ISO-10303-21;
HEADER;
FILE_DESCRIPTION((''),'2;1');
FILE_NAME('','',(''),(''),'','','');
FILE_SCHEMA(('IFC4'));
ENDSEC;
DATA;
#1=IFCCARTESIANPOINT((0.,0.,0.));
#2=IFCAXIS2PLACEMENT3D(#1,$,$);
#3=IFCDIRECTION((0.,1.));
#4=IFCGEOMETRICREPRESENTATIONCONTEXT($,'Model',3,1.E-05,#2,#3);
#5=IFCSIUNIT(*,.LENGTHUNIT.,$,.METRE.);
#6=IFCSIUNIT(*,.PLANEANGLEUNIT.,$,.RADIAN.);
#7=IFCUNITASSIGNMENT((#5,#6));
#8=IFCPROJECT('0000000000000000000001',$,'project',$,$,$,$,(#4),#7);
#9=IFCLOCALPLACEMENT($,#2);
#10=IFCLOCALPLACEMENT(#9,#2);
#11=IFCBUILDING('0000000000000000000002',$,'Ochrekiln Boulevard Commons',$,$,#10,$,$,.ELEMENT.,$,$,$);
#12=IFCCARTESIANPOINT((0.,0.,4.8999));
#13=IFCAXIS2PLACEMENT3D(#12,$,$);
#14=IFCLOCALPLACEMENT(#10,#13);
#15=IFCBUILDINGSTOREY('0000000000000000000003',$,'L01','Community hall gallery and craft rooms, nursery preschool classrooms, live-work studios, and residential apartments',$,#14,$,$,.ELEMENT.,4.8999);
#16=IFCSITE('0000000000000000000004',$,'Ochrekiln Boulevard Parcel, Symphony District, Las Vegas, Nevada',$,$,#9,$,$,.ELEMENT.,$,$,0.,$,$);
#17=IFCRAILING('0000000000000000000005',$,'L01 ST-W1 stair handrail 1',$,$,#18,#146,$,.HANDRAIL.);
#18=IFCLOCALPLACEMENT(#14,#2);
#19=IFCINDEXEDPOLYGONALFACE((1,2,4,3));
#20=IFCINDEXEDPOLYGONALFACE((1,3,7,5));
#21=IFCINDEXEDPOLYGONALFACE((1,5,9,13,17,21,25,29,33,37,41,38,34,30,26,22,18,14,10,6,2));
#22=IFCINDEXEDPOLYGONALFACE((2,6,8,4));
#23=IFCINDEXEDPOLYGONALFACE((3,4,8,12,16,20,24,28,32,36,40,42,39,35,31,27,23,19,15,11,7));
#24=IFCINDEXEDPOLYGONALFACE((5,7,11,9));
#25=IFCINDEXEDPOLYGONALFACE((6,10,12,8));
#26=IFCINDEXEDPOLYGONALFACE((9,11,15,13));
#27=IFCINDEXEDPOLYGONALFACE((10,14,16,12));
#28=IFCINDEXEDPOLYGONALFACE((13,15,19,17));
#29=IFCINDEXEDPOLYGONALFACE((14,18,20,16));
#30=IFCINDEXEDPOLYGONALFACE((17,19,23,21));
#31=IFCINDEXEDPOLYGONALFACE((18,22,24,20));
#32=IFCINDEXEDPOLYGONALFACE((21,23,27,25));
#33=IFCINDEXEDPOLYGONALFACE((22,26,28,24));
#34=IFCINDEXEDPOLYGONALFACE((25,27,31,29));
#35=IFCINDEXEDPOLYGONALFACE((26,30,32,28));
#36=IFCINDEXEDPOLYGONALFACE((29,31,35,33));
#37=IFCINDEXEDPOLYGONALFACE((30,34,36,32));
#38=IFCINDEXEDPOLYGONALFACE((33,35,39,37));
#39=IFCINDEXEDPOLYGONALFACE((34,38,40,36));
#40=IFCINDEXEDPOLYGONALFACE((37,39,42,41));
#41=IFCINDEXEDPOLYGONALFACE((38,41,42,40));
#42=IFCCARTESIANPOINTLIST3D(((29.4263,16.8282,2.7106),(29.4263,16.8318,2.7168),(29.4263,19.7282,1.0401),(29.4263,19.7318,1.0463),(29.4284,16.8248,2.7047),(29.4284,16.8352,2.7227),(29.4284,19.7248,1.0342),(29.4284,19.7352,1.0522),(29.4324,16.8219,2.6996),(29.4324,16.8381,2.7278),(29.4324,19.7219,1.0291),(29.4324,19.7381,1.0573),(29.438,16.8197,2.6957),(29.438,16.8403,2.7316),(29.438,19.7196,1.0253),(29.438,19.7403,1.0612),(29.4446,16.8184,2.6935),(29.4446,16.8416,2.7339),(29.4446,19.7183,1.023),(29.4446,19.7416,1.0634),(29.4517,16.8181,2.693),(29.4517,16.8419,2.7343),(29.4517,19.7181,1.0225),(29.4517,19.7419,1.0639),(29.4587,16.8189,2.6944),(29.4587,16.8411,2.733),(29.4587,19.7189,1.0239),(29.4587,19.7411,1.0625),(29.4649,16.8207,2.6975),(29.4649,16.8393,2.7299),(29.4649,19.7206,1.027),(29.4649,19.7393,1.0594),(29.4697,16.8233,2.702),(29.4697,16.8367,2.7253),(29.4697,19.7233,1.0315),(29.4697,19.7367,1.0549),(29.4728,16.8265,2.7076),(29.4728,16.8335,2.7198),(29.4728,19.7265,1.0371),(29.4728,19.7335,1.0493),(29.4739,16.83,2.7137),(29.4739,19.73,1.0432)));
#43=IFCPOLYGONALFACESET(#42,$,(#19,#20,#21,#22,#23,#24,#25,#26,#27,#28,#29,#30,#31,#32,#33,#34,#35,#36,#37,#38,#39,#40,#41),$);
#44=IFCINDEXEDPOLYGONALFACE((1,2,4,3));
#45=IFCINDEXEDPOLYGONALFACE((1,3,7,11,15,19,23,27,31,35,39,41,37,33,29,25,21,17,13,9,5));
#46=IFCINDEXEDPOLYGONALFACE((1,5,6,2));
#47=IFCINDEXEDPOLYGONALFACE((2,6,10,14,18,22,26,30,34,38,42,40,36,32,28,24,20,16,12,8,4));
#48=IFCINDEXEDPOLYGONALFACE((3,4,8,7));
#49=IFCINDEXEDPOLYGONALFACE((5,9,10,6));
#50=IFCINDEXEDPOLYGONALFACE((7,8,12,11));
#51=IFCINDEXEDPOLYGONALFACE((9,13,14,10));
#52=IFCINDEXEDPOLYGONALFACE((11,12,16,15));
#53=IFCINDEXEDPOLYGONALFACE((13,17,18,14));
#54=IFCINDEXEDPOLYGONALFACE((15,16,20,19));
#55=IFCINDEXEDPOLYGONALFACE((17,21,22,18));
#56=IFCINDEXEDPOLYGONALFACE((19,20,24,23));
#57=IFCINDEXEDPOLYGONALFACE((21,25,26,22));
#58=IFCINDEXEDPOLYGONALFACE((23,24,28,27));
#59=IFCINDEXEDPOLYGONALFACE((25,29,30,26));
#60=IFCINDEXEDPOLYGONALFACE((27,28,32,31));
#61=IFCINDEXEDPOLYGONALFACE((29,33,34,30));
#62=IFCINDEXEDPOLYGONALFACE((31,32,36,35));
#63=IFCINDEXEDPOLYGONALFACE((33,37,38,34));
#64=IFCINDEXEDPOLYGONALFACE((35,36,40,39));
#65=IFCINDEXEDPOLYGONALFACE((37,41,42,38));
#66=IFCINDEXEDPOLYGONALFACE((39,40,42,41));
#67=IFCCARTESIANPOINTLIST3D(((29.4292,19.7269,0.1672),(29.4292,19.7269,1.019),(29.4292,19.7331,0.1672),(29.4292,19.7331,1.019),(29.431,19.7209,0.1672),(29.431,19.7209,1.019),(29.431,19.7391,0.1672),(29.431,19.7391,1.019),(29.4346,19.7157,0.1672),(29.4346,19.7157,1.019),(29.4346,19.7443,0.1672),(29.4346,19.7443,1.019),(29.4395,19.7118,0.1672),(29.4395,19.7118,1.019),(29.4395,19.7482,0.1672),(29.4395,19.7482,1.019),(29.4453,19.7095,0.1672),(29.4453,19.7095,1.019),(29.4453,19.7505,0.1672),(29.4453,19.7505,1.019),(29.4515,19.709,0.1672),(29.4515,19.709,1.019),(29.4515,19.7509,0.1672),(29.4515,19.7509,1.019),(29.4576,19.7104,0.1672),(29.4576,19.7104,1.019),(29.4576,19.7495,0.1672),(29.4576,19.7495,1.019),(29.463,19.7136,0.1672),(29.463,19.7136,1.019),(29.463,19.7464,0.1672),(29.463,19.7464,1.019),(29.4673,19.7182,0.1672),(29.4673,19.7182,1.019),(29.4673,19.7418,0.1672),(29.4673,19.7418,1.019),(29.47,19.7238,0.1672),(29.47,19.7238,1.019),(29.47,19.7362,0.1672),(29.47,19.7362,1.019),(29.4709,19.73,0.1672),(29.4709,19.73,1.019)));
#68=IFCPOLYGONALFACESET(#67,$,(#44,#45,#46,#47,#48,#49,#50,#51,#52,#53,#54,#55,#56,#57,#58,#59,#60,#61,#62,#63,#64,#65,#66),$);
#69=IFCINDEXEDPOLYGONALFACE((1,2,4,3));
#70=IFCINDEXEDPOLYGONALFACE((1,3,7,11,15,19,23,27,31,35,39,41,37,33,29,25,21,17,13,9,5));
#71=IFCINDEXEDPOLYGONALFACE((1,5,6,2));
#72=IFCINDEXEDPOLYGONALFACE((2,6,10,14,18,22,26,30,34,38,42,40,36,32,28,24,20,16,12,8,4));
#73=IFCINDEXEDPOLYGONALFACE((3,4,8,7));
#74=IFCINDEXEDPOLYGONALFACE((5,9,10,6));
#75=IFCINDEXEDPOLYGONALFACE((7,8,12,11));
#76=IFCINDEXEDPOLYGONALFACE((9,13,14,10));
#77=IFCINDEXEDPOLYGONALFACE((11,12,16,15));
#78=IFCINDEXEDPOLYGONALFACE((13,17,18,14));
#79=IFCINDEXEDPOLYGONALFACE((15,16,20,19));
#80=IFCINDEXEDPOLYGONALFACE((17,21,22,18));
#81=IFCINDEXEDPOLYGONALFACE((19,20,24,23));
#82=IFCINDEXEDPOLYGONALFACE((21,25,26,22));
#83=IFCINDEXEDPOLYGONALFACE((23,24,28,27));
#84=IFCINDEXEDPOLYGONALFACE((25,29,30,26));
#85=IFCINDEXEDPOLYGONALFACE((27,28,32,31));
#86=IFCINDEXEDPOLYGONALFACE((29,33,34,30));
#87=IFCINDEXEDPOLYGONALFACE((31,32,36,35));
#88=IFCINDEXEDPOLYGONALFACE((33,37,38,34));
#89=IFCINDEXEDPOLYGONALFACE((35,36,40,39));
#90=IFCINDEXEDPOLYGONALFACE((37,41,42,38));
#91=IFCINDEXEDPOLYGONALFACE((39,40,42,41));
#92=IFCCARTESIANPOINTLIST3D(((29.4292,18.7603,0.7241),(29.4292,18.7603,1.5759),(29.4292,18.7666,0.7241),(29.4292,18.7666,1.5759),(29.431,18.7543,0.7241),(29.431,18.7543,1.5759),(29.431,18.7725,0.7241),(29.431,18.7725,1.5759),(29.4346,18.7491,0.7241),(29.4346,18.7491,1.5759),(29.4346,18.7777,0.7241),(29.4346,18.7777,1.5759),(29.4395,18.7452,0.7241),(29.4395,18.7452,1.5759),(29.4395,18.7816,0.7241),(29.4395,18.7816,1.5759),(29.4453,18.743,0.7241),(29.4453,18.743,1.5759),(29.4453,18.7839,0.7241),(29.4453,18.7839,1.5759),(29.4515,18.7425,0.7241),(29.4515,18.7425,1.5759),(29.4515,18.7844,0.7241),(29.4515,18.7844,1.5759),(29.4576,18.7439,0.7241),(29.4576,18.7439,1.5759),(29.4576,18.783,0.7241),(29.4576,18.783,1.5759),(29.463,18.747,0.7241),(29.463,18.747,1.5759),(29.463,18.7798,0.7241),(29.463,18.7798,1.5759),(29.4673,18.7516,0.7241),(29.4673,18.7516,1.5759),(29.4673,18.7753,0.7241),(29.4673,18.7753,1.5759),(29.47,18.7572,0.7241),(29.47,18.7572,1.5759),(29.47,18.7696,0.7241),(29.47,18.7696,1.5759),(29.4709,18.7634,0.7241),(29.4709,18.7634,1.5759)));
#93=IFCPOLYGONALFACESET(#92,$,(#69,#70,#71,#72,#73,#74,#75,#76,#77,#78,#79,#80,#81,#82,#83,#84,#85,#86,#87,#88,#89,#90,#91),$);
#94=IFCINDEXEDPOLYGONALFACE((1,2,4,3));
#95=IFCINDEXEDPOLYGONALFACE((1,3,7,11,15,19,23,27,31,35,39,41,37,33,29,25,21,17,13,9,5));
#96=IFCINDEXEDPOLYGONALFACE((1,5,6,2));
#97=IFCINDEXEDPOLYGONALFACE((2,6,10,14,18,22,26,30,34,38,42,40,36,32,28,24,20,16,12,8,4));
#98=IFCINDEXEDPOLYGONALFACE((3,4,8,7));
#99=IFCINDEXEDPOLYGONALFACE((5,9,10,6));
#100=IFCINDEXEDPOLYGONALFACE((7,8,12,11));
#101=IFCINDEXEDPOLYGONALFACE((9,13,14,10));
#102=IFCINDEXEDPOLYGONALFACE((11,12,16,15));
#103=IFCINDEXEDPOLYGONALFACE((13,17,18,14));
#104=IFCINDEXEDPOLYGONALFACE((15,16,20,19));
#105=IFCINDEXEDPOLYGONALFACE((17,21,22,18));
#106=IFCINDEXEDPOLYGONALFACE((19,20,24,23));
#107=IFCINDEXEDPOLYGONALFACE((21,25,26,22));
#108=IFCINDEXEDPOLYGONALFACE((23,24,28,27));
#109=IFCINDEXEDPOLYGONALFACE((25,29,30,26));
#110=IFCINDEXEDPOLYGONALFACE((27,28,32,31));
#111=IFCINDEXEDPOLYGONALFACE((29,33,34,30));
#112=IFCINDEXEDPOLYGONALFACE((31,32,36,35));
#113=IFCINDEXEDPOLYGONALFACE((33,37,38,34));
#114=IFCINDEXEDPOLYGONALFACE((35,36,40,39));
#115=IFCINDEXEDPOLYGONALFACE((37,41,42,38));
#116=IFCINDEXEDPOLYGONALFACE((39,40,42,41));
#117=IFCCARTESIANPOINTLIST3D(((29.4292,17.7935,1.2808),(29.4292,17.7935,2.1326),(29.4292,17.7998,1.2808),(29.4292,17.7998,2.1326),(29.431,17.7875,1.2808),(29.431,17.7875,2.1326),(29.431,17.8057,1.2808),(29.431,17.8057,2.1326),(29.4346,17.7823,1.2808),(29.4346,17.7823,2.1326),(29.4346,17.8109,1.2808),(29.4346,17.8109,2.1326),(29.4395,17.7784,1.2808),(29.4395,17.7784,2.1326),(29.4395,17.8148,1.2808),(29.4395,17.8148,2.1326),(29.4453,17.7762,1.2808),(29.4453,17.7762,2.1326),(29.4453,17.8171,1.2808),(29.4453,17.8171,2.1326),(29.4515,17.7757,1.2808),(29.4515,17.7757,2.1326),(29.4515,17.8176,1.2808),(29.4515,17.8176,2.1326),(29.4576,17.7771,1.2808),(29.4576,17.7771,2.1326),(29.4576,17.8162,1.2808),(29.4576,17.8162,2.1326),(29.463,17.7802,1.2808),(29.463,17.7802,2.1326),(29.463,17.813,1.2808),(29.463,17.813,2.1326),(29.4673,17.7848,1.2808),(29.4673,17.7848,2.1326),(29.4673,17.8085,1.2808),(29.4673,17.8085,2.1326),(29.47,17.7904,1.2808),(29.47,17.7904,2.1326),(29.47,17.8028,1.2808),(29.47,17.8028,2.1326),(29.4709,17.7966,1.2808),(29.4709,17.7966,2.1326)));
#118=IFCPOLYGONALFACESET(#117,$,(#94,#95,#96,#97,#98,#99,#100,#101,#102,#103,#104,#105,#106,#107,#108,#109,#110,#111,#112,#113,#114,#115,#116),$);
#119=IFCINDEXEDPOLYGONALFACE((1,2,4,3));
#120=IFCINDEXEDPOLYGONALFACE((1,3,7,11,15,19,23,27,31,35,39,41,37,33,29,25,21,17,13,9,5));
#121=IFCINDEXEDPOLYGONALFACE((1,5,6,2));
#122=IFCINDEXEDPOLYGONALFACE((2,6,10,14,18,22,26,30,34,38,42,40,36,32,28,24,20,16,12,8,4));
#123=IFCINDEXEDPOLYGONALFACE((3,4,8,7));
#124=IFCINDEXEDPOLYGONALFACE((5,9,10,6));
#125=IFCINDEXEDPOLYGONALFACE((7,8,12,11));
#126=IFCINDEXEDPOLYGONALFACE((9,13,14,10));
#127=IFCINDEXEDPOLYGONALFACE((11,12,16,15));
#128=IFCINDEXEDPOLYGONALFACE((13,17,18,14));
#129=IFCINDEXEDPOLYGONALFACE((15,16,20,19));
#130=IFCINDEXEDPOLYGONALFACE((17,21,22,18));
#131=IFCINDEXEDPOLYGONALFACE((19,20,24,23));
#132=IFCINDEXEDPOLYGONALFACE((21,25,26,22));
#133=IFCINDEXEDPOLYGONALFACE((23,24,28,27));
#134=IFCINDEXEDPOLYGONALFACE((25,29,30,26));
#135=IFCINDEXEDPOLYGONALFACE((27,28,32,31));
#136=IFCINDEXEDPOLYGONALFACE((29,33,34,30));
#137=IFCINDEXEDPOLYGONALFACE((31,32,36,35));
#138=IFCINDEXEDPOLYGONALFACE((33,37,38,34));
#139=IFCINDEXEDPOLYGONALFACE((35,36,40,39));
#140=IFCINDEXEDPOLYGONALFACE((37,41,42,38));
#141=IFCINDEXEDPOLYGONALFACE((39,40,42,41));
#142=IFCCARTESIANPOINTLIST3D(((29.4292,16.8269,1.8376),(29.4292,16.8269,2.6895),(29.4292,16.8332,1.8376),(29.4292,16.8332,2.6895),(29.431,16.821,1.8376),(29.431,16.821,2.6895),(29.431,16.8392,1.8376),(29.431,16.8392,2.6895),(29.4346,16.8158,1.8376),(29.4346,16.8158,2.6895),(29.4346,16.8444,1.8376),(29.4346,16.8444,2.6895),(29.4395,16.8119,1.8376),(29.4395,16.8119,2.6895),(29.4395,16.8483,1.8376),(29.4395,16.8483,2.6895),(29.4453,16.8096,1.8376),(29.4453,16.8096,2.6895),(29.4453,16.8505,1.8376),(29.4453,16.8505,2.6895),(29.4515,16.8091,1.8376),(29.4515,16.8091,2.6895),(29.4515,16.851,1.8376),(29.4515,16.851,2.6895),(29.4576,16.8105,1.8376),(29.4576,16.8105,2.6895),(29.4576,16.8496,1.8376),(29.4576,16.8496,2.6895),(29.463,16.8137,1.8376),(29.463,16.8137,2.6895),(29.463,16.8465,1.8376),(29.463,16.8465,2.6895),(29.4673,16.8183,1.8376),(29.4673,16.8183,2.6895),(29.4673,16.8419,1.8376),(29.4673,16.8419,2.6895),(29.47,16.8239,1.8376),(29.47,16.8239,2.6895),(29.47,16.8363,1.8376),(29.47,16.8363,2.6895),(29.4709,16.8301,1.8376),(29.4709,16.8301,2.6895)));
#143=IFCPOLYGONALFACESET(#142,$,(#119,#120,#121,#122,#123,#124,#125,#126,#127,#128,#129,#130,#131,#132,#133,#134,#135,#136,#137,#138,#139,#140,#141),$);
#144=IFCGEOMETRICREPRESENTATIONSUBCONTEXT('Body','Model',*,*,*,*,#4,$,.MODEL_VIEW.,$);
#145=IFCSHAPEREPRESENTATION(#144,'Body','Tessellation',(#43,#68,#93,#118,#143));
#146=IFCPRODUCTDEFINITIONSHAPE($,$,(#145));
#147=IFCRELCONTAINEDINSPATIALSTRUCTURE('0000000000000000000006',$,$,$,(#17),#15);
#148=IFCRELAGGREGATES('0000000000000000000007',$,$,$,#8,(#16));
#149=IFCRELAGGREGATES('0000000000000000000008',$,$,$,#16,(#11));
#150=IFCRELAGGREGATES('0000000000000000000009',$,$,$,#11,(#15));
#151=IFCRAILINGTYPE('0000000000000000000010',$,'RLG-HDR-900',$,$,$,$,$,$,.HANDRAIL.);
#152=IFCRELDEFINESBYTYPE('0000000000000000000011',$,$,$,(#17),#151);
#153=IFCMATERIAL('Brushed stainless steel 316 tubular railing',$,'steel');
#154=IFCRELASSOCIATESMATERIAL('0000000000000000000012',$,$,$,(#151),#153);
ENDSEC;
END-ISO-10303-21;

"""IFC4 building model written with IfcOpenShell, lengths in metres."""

from ifc_helpers import new_model, si_unit, direction, frame, origin, origin_2d, place, context, subcontext, project, spatial, circle, extrude, material, type_object, element, save


model = new_model("IFC4")

# Units and contexts
model_context = context("Model", 3, precision=1e-05, world=origin(), true_north=direction((0.0, 1.0)))
body_context = subcontext(model_context, "Body", "Model", "MODEL_VIEW")
ifc_project = project(units=[si_unit("LENGTHUNIT", "METRE"), si_unit("PLANEANGLEUNIT", "RADIAN")], contexts=[model_context])

# Site, building, storey
site_placement = place(None, origin())
site = spatial("IfcSite", under=ifc_project, at=site_placement, Name="Ochrekiln Boulevard Parcel, Symphony District, Las Vegas, Nevada", CompositionType="ELEMENT", RefElevation=0.0)
building_placement = place(site_placement, origin())
building = spatial("IfcBuilding", under=site, at=building_placement, Name="Ochrekiln Boulevard Commons", CompositionType="ELEMENT")
storey_placement = place(building_placement, frame((0.0, 0.0, 4.8999)))
storey = spatial("IfcBuildingStorey", under=building, at=storey_placement, Name="L01", Description="Community hall gallery and craft rooms, nursery preschool classrooms, live-work studios, and residential apartments", CompositionType="ELEMENT", Elevation=4.8999)

# Railing
ifc_material_1 = material(Name="Brushed stainless steel 316 tubular railing", Category="steel")
railing_type_1 = type_object("IfcRailingType", Name="RLG-HDR-900", PredefinedType="HANDRAIL", material=ifc_material_1)
railing_1_placement = place(storey_placement, frame((29.45, 19.73, 0.1672)))
element("IfcRailing", 1, at=railing_1_placement, inside=storey, type_object=railing_type_1, Name="L01 ST-W1 stair handrail 1", PredefinedType="HANDRAIL", context=body_context, shape_type="SweptSolid", body=[
    extrude(circle(Radius=0.0239, at=origin_2d()), frame((0.0, 0.0, 0.876), z_axis=(0.0, -0.866523, 0.499137), x_axis=(1.0, 0.0, 0.0)), (0.0, 0.0, 1.0), 3.3467),
    extrude(circle(Radius=0.021, at=origin_2d()), origin(), (0.0, 0.0, 1.0), 0.8518),
    extrude(circle(Radius=0.021, at=origin_2d()), frame((0.0, -0.9666, 0.5569)), (0.0, 0.0, 1.0), 0.8518),
    extrude(circle(Radius=0.021, at=origin_2d()), frame((0.0, -1.9333, 1.1135)), (0.0, 0.0, 1.0), 0.8518),
    extrude(circle(Radius=0.021, at=origin_2d()), frame((0.0, -2.8999, 1.6704)), (0.0, 0.0, 1.0), 0.8518),
])

save(model, "model.ifc")
